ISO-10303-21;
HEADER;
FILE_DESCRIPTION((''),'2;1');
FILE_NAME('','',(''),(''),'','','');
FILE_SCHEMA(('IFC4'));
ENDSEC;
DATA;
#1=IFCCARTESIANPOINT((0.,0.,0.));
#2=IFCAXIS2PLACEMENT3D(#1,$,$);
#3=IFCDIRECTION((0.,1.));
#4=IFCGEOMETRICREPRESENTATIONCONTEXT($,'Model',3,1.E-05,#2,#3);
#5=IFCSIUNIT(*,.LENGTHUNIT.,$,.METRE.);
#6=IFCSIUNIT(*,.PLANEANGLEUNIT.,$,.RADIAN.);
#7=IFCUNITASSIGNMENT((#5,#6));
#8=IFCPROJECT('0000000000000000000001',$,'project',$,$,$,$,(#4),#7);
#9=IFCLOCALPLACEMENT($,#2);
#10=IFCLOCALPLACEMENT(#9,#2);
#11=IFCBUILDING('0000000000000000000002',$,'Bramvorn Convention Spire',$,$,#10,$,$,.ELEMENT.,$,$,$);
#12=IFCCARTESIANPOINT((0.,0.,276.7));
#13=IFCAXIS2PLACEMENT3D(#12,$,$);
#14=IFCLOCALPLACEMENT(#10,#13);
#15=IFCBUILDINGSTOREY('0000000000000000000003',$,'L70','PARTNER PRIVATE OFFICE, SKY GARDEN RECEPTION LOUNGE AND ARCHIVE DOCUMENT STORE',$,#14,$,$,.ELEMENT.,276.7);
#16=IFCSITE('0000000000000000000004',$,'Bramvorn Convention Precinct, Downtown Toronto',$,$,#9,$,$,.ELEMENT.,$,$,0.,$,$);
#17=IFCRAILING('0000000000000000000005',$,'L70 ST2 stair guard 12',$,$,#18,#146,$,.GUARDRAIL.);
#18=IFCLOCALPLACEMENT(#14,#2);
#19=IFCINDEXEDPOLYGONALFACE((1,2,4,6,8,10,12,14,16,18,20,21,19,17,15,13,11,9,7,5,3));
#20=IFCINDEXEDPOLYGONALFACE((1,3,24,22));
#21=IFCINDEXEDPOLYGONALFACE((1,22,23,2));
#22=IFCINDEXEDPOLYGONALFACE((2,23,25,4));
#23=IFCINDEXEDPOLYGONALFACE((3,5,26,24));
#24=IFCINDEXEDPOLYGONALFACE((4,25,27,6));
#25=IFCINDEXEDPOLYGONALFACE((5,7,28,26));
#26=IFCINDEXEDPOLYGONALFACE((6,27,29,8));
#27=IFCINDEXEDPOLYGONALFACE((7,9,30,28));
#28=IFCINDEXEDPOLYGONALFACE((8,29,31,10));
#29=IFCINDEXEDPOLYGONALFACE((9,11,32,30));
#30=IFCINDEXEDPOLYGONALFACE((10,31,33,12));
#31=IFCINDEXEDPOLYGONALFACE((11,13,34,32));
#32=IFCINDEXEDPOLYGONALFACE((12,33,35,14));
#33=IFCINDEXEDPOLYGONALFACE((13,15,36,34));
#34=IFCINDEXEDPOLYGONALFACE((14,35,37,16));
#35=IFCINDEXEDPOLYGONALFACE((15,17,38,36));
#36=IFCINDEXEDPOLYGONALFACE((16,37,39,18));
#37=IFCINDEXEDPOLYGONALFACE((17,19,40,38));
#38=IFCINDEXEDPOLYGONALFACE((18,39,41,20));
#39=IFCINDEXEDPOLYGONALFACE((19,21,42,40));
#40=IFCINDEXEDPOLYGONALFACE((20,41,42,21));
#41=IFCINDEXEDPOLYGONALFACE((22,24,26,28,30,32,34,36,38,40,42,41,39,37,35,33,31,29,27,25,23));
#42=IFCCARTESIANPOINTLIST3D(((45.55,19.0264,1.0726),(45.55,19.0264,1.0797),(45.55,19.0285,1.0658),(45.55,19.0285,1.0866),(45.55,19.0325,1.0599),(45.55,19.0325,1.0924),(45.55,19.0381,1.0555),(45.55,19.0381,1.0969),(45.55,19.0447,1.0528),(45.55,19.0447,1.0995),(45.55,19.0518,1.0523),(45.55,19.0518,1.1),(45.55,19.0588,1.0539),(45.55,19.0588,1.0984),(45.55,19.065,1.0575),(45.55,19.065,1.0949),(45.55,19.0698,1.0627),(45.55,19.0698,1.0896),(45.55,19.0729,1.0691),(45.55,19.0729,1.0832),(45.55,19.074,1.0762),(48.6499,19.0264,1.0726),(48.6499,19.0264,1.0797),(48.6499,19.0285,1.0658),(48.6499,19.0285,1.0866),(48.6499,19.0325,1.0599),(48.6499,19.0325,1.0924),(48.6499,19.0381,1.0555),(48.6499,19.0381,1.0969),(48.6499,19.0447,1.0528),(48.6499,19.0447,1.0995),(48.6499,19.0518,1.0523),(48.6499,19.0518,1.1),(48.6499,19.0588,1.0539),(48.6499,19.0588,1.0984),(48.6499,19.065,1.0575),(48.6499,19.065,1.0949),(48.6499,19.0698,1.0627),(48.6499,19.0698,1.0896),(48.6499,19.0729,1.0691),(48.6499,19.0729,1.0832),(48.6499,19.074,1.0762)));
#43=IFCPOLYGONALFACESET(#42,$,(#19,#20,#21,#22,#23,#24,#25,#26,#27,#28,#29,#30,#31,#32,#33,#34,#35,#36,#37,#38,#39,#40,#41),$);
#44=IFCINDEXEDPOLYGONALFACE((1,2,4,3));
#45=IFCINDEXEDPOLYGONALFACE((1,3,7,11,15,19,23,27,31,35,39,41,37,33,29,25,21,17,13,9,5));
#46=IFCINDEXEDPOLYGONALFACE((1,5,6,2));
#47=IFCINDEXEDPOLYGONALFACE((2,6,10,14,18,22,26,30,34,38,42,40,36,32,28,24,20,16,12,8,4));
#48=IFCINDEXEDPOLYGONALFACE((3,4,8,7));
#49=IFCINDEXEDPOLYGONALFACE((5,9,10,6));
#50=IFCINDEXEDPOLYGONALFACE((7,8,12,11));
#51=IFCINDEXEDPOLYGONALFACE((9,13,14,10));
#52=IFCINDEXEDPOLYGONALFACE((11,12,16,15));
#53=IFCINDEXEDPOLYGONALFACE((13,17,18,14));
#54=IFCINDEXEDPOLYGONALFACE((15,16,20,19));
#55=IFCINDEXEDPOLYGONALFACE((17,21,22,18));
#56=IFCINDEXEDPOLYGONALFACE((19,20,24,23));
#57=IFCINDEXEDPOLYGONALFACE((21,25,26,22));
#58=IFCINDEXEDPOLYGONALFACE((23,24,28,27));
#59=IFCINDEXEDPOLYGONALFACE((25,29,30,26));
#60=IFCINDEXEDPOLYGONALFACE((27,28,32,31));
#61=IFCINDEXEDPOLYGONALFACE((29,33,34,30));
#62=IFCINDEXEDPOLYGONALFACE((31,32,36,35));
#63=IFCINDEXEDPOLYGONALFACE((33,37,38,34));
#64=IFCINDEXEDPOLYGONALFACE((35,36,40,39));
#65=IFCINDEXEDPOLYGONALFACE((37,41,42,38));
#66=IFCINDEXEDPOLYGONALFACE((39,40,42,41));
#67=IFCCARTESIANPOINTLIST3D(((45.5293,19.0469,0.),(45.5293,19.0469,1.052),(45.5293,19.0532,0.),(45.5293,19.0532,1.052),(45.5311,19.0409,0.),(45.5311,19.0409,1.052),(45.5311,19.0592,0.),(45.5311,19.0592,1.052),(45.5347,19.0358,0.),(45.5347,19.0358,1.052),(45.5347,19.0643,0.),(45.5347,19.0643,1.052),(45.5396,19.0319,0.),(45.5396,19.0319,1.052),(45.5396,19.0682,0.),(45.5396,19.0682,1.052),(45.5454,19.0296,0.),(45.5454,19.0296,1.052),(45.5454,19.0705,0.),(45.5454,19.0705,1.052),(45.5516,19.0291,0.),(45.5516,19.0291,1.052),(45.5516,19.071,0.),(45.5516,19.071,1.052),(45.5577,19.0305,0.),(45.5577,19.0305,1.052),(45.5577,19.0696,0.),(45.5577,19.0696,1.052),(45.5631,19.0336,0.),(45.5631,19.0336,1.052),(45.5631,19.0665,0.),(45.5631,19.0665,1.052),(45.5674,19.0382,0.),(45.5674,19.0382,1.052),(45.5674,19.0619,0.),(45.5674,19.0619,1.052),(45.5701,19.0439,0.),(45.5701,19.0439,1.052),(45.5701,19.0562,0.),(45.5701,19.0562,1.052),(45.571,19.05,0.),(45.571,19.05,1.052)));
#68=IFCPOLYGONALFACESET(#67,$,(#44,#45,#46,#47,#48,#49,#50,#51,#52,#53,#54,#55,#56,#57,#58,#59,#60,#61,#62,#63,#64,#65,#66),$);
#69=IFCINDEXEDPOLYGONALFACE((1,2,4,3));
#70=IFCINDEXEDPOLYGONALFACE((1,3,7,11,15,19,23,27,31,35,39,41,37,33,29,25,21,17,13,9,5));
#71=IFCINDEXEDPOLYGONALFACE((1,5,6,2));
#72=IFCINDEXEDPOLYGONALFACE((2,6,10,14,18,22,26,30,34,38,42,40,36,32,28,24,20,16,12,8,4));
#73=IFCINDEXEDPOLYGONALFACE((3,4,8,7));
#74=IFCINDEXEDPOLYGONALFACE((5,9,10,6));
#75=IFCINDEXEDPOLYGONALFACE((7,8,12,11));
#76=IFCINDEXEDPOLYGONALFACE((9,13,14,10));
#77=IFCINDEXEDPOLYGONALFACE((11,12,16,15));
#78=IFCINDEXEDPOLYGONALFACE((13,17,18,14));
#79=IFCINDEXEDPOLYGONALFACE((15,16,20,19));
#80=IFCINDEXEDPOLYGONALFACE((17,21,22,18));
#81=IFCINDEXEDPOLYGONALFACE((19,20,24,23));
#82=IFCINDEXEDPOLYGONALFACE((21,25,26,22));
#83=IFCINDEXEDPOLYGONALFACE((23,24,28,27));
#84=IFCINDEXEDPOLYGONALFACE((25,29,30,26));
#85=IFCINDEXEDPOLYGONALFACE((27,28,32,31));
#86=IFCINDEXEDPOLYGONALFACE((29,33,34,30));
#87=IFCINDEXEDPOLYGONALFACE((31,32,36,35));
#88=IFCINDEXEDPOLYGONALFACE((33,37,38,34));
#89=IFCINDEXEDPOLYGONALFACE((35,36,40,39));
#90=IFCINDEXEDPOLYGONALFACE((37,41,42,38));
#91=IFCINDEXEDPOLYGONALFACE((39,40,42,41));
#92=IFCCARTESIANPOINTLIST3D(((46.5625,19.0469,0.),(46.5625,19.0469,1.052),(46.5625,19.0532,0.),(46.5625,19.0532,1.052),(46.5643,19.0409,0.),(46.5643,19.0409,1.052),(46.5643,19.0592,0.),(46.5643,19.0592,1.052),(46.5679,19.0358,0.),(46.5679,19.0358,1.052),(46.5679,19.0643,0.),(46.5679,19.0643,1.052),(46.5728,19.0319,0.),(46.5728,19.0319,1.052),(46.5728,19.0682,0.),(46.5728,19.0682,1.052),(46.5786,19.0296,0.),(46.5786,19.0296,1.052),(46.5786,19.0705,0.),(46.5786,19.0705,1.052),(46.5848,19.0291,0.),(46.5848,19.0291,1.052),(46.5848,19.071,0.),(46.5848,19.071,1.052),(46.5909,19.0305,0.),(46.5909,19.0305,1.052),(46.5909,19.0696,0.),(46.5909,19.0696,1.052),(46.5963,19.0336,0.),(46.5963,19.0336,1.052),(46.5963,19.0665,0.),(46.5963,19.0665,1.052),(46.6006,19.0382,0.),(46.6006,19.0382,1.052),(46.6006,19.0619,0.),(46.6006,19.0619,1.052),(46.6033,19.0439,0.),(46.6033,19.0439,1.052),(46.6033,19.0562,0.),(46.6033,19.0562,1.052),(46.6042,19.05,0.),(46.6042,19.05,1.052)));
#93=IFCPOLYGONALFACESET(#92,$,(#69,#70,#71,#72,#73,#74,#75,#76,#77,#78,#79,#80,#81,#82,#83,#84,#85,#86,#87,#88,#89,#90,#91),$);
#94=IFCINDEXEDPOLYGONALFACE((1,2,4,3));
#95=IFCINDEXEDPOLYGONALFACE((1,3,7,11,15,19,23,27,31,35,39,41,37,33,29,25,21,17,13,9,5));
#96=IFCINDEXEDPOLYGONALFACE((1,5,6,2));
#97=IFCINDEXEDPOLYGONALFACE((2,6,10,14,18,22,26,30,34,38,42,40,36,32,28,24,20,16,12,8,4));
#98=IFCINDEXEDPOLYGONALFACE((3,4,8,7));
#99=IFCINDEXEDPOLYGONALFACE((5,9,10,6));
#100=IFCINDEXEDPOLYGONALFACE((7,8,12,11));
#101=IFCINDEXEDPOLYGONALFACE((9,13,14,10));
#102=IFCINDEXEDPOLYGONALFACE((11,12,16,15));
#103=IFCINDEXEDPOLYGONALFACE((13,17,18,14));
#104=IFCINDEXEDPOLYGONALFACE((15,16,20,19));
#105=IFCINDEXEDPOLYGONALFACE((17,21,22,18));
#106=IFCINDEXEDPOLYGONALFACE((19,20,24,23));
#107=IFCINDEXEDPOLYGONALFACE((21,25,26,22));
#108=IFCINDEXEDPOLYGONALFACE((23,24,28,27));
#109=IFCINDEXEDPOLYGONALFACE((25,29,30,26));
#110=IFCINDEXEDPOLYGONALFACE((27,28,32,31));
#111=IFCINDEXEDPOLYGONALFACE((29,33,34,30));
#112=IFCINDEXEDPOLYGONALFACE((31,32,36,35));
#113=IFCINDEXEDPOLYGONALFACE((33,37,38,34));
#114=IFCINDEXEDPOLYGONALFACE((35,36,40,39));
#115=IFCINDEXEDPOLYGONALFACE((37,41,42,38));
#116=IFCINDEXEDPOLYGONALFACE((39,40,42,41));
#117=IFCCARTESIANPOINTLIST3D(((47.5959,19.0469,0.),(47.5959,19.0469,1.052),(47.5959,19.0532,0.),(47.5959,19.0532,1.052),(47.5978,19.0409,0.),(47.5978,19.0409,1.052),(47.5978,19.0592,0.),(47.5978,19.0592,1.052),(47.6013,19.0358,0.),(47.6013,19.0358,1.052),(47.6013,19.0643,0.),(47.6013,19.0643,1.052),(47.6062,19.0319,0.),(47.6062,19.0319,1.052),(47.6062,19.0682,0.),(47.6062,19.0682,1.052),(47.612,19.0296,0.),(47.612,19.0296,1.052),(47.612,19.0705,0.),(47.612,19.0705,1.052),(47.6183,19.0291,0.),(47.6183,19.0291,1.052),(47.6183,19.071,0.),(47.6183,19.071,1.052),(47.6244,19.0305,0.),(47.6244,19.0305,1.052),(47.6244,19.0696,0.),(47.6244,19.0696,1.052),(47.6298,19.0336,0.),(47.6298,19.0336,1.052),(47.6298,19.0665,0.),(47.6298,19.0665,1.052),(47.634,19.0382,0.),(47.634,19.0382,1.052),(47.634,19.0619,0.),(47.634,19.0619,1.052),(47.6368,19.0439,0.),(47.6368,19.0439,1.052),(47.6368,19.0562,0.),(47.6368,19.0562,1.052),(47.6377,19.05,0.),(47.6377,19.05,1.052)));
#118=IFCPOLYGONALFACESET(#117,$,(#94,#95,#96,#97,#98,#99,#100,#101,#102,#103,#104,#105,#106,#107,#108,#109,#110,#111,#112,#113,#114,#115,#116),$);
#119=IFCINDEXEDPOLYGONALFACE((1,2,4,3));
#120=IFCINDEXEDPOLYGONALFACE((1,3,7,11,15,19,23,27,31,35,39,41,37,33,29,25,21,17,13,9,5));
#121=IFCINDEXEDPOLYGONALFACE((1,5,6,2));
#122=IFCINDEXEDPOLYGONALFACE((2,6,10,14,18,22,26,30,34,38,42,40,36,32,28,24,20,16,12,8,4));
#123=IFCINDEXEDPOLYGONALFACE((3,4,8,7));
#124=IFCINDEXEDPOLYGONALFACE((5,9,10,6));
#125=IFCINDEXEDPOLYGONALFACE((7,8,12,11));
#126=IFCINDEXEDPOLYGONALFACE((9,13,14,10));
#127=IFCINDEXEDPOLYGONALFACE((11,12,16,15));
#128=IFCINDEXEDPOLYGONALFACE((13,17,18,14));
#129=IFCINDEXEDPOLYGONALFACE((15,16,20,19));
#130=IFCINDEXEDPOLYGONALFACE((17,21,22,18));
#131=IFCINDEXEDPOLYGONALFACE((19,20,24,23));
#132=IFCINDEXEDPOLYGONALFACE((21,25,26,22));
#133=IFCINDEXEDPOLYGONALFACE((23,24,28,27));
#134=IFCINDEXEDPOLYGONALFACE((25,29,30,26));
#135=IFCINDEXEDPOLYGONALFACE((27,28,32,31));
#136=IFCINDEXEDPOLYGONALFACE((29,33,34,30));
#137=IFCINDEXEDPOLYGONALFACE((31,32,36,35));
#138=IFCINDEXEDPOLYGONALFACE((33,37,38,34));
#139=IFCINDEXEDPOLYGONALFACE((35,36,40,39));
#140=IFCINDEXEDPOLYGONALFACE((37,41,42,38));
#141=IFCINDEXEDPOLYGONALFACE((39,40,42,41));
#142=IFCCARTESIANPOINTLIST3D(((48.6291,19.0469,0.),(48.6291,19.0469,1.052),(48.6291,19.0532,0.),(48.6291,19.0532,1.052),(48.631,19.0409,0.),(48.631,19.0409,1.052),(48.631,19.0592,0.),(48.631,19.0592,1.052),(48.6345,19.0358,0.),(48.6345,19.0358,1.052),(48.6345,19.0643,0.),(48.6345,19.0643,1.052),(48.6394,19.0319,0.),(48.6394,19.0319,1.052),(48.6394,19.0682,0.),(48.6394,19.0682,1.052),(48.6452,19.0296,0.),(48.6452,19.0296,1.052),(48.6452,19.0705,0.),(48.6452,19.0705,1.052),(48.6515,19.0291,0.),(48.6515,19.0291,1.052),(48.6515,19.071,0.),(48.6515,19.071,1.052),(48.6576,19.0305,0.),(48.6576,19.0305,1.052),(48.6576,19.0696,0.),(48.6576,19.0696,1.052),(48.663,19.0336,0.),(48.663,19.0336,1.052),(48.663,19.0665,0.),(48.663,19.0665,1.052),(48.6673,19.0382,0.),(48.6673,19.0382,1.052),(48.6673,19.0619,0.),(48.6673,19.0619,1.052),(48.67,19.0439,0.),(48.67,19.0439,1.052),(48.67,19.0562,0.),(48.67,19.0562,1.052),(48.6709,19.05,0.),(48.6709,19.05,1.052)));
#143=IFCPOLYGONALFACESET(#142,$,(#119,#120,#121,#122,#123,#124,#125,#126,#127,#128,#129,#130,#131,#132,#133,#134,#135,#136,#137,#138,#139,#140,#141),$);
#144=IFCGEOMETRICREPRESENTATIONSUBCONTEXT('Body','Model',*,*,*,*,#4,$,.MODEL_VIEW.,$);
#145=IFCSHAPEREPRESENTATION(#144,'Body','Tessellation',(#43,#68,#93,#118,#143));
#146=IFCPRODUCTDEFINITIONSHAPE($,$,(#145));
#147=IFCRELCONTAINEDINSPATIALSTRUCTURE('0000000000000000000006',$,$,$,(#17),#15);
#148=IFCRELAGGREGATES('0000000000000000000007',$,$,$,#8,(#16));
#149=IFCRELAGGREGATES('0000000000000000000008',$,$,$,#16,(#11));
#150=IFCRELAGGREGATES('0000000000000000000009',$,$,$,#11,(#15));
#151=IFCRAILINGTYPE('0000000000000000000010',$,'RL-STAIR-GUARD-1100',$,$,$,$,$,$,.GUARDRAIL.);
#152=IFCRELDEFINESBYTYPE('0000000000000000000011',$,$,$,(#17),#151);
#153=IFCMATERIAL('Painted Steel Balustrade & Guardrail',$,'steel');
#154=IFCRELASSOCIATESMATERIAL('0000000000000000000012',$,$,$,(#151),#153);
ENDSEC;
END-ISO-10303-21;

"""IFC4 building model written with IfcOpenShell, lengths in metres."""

from ifc_helpers import new_model, si_unit, direction, frame, origin, origin_2d, place, context, subcontext, project, spatial, circle, extrude, material, type_object, element, save


model = new_model("IFC4")

# Units and contexts
model_context = context("Model", 3, precision=1e-05, world=origin(), true_north=direction((0.0, 1.0)))
body_context = subcontext(model_context, "Body", "Model", "MODEL_VIEW")
ifc_project = project(units=[si_unit("LENGTHUNIT", "METRE"), si_unit("PLANEANGLEUNIT", "RADIAN")], contexts=[model_context])

# Site, building, storey
site_placement = place(None, origin())
site = spatial("IfcSite", under=ifc_project, at=site_placement, Name="Bramvorn Convention Precinct, Downtown Toronto", CompositionType="ELEMENT", RefElevation=0.0)
building_placement = place(site_placement, origin())
building = spatial("IfcBuilding", under=site, at=building_placement, Name="Bramvorn Convention Spire", CompositionType="ELEMENT")
storey_placement = place(building_placement, frame((0.0, 0.0, 276.7)))
storey = spatial("IfcBuildingStorey", under=building, at=storey_placement, Name="L70", Description="PARTNER PRIVATE OFFICE, SKY GARDEN RECEPTION LOUNGE AND ARCHIVE DOCUMENT STORE", CompositionType="ELEMENT", Elevation=276.7)

# Railing
ifc_material_1 = material(Name="Painted Steel Balustrade & Guardrail", Category="steel")
railing_type = type_object("IfcRailingType", Name="RL-STAIR-GUARD-1100", PredefinedType="GUARDRAIL", material=ifc_material_1)
railing_1_placement = place(storey_placement, frame((45.55, 19.05, 0.0)))
element("IfcRailing", 1, at=railing_1_placement, inside=storey, type_object=railing_type, Name="L70 ST2 stair guard 12", PredefinedType="GUARDRAIL", context=body_context, shape_type="SweptSolid", body=[
    extrude(circle(Radius=0.0239, at=origin_2d()), frame((0.0, 0.0, 1.0762), z_axis=(1.0, 0.0, 0.0), x_axis=(0.0, 1.0, 0.0)), (0.0, 0.0, 1.0), 3.0999),
    extrude(circle(Radius=0.021, at=origin_2d()), origin(), (0.0, 0.0, 1.0), 1.052),
    extrude(circle(Radius=0.021, at=origin_2d()), frame((1.0332, 0.0, 0.0)), (0.0, 0.0, 1.0), 1.052),
    extrude(circle(Radius=0.021, at=origin_2d()), frame((2.0667, 0.0, 0.0)), (0.0, 0.0, 1.0), 1.052),
    extrude(circle(Radius=0.021, at=origin_2d()), frame((3.0999, 0.0, 0.0)), (0.0, 0.0, 1.0), 1.052),
])

save(model, "model.ifc")
